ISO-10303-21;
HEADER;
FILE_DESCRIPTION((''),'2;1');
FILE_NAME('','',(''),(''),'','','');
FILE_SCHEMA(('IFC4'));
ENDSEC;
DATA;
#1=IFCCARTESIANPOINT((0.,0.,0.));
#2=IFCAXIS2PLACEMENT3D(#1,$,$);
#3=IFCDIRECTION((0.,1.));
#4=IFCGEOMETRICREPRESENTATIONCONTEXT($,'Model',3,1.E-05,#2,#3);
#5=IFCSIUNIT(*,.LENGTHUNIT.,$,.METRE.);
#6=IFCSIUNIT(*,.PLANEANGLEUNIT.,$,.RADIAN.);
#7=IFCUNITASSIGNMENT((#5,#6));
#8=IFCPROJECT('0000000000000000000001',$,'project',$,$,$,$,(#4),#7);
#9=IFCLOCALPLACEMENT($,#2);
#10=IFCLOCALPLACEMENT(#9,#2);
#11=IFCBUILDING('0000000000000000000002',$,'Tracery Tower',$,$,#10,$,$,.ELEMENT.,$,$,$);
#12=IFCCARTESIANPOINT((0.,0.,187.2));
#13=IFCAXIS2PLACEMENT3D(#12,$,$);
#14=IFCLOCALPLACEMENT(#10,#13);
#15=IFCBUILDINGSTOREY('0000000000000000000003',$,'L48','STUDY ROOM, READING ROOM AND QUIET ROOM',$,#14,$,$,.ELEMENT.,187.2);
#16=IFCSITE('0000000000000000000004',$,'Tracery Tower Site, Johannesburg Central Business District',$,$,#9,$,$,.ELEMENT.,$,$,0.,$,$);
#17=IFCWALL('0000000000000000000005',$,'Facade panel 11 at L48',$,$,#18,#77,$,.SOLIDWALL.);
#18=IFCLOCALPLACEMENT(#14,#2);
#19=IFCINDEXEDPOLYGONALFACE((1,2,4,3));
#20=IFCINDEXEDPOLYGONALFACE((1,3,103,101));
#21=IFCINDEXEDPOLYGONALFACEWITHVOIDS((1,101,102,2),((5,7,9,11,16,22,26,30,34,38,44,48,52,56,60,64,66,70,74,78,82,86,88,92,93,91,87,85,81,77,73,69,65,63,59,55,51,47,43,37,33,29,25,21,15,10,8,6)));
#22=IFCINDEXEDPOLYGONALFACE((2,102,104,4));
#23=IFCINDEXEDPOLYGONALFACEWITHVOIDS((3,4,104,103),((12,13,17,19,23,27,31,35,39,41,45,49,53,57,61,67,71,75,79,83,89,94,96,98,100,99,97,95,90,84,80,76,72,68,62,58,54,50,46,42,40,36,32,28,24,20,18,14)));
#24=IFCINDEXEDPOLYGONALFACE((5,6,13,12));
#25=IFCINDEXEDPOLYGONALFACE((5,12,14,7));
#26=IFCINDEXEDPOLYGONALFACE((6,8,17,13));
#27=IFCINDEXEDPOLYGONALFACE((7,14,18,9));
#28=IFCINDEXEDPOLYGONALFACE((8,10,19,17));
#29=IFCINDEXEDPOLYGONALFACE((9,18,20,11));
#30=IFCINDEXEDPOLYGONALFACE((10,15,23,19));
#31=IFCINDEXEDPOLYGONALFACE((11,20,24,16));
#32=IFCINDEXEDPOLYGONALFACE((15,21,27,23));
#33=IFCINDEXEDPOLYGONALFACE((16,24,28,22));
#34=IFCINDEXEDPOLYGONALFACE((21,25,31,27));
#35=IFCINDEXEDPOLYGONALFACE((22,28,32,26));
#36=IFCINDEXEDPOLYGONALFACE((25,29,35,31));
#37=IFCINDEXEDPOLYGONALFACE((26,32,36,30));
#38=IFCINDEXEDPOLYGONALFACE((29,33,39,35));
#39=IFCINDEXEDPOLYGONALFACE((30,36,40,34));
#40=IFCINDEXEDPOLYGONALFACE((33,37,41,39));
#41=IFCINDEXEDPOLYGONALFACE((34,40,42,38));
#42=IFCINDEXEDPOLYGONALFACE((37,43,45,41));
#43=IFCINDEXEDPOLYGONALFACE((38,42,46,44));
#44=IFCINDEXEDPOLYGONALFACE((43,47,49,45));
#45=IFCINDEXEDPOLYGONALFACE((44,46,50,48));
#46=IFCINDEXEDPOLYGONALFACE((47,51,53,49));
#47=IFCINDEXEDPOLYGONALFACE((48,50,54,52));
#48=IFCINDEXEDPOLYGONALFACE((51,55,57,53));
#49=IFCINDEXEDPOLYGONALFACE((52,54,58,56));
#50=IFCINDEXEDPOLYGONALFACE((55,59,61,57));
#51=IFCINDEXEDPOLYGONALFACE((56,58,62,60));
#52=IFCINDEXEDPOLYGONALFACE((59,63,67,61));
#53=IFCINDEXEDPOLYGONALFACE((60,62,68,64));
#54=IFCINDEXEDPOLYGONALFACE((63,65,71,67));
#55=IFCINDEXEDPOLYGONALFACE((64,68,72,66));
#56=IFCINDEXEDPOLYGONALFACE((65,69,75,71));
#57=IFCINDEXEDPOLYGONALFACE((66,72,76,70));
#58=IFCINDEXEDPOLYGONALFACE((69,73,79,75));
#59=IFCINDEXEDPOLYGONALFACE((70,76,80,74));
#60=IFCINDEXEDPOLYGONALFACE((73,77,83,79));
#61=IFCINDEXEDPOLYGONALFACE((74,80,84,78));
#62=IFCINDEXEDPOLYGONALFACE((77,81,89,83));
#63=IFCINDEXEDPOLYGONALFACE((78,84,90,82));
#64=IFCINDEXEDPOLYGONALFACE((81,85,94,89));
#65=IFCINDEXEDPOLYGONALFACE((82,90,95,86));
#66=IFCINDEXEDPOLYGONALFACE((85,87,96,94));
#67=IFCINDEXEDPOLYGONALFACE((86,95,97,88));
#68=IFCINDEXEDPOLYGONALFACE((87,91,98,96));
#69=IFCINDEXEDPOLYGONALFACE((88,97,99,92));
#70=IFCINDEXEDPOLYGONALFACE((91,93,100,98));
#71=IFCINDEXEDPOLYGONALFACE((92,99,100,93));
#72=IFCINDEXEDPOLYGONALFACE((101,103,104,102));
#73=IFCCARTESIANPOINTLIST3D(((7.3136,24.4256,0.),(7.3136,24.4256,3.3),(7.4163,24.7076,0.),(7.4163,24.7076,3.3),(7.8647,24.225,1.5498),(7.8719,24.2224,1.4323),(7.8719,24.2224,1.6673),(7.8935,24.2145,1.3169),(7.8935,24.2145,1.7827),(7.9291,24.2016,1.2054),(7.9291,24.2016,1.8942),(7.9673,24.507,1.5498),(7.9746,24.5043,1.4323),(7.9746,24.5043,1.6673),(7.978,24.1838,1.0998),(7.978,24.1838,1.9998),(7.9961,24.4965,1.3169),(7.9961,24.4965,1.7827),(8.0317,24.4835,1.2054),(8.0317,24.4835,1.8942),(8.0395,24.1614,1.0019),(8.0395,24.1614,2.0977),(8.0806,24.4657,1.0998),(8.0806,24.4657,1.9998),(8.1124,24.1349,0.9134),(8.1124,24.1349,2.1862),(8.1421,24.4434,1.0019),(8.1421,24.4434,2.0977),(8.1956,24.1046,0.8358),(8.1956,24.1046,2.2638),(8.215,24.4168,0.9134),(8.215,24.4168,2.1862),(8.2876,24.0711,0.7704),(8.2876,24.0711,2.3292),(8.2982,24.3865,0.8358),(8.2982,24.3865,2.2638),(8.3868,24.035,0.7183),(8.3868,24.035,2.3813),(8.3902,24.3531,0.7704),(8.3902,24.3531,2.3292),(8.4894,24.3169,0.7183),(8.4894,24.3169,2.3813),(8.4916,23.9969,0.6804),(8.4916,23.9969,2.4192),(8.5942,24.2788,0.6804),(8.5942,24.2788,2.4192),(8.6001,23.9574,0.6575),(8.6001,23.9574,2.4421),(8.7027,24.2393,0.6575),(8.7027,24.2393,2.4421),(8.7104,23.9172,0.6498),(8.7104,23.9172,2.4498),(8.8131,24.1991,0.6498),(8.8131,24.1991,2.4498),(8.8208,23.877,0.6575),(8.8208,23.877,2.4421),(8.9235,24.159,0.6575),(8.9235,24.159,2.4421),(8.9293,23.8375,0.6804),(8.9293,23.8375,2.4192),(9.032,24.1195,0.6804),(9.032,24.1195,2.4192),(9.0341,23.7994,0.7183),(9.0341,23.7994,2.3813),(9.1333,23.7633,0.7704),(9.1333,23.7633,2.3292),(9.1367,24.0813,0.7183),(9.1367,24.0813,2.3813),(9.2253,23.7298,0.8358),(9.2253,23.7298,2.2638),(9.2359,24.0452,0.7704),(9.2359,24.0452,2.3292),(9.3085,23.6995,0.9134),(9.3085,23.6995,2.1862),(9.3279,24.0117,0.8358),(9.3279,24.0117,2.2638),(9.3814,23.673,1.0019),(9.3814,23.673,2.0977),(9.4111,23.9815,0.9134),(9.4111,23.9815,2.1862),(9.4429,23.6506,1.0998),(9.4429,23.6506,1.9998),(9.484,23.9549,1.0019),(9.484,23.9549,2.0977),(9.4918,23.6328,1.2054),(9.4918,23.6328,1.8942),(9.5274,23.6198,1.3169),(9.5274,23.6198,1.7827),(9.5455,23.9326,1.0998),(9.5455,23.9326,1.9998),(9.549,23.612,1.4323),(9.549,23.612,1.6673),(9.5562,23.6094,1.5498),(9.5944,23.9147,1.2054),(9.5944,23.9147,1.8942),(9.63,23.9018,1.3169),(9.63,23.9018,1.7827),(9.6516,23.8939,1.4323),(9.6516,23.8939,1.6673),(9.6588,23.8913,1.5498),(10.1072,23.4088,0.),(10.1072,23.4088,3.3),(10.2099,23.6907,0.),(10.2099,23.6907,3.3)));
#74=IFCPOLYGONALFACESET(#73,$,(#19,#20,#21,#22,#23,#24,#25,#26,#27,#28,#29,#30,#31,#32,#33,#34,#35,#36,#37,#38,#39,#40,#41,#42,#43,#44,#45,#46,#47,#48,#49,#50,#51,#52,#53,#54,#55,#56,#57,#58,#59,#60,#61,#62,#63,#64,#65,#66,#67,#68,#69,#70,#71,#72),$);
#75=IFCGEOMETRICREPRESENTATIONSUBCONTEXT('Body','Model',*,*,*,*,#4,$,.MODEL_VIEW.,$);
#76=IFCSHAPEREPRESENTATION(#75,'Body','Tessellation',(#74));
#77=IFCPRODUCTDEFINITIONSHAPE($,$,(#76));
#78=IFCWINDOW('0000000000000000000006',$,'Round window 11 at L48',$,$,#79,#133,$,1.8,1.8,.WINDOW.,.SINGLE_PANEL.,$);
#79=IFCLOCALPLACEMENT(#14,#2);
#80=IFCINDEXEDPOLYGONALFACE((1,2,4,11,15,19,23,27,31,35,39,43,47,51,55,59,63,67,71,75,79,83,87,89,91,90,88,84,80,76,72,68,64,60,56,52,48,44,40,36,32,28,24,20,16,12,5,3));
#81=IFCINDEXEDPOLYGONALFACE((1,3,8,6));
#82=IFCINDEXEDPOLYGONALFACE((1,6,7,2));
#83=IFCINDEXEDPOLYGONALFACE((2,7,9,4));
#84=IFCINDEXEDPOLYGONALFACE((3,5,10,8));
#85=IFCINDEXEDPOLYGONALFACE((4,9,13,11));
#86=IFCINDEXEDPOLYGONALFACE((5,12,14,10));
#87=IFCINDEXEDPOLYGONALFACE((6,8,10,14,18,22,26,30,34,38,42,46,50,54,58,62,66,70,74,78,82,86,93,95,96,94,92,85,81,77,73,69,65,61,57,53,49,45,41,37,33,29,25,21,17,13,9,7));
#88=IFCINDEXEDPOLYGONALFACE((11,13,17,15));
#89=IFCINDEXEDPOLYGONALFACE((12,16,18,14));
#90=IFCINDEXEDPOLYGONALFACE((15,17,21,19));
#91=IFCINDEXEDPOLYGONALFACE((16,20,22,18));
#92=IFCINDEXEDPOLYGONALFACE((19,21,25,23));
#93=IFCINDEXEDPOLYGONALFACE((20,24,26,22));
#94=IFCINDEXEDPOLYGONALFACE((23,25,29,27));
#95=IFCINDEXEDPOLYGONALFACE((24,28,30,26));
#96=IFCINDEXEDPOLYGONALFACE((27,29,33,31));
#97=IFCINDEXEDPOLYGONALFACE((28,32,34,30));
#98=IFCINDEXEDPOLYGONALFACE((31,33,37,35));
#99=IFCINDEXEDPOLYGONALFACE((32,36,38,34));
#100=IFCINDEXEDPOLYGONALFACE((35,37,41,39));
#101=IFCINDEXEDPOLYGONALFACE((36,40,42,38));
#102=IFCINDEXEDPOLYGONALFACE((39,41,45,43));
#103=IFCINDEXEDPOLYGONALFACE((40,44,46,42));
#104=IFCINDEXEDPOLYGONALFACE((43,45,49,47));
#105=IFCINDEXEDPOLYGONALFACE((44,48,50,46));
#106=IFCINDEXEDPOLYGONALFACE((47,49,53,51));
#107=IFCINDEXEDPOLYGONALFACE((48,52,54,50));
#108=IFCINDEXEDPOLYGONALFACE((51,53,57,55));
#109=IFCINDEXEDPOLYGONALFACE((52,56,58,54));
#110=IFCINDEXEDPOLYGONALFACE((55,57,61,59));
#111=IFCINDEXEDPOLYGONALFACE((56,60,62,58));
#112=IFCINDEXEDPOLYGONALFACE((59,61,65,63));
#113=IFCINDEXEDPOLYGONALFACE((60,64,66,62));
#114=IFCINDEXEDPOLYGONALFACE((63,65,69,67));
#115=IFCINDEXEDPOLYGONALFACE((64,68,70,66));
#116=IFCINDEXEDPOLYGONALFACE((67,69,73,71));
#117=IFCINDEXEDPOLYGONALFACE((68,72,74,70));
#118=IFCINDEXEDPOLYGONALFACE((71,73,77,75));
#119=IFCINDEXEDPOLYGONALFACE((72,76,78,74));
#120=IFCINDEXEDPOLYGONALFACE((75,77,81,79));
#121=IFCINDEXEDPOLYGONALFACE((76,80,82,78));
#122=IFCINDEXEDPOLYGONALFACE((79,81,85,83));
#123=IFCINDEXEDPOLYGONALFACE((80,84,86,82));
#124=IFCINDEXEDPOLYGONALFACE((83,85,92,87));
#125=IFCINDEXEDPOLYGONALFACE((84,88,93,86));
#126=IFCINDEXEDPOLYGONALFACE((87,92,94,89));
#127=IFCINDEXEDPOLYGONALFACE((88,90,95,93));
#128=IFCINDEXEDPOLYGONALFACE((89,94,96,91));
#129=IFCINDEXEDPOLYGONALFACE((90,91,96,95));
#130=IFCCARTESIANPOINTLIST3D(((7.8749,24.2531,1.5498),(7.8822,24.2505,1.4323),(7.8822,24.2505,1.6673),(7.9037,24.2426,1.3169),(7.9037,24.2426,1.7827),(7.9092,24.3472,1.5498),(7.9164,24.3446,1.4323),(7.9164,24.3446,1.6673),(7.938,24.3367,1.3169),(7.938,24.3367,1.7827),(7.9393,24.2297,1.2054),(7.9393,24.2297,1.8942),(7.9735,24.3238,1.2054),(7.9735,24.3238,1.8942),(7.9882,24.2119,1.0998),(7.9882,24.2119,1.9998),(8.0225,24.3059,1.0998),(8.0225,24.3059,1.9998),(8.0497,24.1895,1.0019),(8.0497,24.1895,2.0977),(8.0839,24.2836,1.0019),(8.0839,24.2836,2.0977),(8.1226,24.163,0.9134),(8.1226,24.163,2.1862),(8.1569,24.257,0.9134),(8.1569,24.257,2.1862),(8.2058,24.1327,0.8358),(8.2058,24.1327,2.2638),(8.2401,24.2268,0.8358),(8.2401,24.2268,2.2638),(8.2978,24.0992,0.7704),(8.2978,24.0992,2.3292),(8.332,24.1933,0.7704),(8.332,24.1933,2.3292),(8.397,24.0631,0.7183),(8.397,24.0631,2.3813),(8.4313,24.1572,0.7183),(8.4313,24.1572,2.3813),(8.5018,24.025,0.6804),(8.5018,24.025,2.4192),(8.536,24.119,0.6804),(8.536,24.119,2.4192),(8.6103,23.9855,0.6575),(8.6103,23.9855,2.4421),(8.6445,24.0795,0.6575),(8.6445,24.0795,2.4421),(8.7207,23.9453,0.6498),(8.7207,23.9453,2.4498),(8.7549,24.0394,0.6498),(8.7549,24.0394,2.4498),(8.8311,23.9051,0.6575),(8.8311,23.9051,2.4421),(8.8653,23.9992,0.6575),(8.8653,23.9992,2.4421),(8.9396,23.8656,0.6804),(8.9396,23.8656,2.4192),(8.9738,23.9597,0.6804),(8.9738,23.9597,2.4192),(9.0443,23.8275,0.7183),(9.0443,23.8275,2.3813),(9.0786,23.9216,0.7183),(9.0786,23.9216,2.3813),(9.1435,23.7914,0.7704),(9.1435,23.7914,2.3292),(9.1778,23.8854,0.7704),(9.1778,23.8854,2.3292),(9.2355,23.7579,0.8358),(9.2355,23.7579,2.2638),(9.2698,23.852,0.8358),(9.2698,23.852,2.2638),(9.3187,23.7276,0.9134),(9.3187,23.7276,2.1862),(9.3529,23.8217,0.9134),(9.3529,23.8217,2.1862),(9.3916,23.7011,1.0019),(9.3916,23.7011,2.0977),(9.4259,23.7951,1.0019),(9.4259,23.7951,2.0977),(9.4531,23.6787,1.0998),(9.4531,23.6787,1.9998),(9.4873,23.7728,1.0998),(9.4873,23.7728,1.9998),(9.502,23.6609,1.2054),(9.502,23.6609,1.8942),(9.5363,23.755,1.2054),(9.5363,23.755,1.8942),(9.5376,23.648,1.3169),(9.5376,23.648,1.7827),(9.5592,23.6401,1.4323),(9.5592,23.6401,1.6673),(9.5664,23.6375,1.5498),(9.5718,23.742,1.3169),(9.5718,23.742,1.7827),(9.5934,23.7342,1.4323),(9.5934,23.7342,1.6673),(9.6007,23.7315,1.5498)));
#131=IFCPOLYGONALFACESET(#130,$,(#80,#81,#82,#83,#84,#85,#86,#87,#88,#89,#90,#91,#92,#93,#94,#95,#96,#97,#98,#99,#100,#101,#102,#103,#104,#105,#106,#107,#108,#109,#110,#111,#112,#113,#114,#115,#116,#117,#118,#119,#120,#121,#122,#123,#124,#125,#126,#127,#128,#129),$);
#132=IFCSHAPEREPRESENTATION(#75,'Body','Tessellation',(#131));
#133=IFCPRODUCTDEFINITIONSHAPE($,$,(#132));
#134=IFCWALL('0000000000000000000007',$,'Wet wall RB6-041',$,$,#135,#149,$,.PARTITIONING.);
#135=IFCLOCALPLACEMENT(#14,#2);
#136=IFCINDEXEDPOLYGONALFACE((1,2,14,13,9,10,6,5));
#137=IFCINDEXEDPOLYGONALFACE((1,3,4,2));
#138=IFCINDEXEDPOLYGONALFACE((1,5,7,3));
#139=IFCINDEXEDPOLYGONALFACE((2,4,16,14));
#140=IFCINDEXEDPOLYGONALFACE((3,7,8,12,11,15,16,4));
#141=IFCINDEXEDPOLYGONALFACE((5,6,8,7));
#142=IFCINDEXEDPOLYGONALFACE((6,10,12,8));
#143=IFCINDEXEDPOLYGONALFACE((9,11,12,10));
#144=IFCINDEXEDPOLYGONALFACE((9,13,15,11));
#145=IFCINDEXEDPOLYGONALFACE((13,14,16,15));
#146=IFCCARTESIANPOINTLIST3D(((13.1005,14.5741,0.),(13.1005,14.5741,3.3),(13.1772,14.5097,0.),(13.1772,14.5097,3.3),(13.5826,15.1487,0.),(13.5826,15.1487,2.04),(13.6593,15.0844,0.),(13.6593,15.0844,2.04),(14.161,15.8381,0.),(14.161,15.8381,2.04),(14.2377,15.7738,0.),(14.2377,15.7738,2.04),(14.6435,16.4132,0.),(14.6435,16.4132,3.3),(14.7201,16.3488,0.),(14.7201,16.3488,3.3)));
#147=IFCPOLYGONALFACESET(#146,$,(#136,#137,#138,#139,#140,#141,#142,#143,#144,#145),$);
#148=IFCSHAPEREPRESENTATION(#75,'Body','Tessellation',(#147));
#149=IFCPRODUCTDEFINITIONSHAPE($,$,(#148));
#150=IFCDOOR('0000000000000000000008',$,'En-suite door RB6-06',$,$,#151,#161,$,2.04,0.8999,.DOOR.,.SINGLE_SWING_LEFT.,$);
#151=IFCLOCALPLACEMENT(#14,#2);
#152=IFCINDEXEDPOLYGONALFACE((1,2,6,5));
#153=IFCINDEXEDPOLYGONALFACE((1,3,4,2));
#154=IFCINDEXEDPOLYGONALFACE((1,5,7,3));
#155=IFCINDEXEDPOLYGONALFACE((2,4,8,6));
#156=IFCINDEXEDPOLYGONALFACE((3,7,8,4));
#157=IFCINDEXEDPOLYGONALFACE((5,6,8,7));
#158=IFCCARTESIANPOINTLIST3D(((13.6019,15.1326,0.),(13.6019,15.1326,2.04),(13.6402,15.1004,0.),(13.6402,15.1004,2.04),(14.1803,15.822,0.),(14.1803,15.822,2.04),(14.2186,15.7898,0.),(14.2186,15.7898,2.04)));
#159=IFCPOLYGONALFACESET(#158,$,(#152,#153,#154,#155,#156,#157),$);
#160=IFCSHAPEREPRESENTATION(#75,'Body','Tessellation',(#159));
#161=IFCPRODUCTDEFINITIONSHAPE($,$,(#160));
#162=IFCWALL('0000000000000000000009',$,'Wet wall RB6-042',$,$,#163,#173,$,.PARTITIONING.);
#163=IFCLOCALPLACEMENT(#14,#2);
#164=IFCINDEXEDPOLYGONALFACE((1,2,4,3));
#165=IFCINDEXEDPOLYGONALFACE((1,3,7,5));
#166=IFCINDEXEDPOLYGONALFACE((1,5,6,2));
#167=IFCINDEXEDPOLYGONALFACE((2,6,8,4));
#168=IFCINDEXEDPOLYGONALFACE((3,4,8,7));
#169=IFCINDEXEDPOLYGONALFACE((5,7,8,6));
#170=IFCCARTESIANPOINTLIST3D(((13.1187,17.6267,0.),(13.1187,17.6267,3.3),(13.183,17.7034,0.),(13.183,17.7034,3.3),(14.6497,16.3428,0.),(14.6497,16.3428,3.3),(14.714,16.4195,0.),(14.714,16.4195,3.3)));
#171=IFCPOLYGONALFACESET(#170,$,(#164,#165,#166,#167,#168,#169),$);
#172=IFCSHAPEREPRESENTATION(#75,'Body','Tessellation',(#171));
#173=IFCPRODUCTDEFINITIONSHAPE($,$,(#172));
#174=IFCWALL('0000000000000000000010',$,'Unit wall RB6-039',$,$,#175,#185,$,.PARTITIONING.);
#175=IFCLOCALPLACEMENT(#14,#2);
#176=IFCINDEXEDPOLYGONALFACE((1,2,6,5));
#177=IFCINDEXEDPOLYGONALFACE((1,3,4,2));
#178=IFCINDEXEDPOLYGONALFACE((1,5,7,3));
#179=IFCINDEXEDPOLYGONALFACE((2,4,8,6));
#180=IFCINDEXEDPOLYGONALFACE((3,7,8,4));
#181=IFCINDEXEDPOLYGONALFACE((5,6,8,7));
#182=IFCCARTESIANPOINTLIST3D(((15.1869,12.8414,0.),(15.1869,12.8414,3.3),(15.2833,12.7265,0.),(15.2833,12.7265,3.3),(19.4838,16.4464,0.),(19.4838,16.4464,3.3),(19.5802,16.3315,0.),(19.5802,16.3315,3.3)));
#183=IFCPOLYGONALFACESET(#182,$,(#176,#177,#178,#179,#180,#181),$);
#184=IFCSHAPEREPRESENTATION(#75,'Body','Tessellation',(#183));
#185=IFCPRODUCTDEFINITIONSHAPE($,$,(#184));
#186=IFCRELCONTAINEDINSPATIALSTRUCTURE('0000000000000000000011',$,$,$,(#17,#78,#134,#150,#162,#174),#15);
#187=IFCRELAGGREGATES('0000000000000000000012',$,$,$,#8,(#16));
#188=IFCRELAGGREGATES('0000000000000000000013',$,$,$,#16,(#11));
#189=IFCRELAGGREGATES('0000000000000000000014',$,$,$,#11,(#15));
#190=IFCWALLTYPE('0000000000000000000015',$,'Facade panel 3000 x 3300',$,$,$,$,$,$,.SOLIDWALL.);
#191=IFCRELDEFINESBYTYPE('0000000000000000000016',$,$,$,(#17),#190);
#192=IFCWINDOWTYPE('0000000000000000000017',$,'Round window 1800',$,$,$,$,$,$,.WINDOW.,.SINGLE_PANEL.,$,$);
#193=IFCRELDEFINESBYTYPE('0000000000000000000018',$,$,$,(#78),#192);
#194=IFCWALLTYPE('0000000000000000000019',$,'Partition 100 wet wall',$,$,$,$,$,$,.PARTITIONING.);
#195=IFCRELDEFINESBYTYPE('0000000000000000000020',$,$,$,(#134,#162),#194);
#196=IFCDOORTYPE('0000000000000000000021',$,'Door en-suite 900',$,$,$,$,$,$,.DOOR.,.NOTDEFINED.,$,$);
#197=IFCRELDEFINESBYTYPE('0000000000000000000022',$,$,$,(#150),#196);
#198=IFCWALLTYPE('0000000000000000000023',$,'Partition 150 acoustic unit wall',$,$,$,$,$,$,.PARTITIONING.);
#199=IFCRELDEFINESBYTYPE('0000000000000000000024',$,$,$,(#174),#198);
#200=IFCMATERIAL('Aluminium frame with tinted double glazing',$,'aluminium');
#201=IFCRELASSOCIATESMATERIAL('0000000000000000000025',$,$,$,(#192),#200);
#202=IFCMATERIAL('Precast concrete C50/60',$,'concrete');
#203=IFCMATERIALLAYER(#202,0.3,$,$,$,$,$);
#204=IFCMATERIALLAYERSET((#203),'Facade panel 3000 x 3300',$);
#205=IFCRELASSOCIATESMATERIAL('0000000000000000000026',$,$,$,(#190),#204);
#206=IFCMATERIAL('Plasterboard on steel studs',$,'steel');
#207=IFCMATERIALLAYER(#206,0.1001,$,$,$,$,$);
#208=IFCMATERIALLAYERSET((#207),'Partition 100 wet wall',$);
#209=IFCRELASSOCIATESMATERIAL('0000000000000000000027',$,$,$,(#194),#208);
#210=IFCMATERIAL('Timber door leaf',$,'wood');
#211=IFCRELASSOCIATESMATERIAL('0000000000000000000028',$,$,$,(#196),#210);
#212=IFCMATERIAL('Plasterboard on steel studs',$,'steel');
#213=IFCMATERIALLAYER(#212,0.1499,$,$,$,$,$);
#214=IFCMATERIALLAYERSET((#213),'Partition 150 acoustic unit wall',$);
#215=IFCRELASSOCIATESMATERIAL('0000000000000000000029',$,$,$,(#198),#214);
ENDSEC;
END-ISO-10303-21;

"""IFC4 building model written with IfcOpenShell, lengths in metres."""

from ifc_helpers import new_model, si_unit, direction, frame, frame_2d, origin, origin_2d, place, context, subcontext, project, spatial, rectangle, circle, extrude, material, layer, layer_set, type_object, element, fill, save


model = new_model("IFC4")

# Units and contexts
model_context = context("Model", 3, precision=1e-05, world=origin(), true_north=direction((0.0, 1.0)))
body_context = subcontext(model_context, "Body", "Model", "MODEL_VIEW")
ifc_project = project(units=[si_unit("LENGTHUNIT", "METRE"), si_unit("PLANEANGLEUNIT", "RADIAN")], contexts=[model_context])

# Site, building, storey
site_placement = place(None, origin())
site = spatial("IfcSite", under=ifc_project, at=site_placement, Name="Tracery Tower Site, Johannesburg Central Business District", CompositionType="ELEMENT", RefElevation=0.0)
building_placement = place(site_placement, origin())
building = spatial("IfcBuilding", under=site, at=building_placement, Name="Tracery Tower", CompositionType="ELEMENT")
storey_placement = place(building_placement, frame((0.0, 0.0, 187.2)))
storey = spatial("IfcBuildingStorey", under=building, at=storey_placement, Name="L48", Description="STUDY ROOM, READING ROOM AND QUIET ROOM", CompositionType="ELEMENT", Elevation=187.2)

# Wall, opening, window
ifc_material_1 = material(Name="Aluminium frame with tinted double glazing", Category="aluminium")
window_type = type_object("IfcWindowType", Name="Round window 1800", PartitioningType="SINGLE_PANEL", PredefinedType="WINDOW", material=ifc_material_1)
ifc_material_2 = material(Name="Precast concrete C50/60", Category="concrete")
ifc_layer_1 = layer(ifc_material_2, 0.3)
ifc_layer_set_1 = layer_set([ifc_layer_1], Name="Facade panel 3000 x 3300")
wall_type_1 = type_object("IfcWallType", Name="Facade panel 3000 x 3300", PredefinedType="SOLIDWALL", material=ifc_layer_set_1)
wall_1_placement = place(storey_placement, frame((10.1584, 23.5498, 0.0), z_axis=(0.0, 0.0, 1.0), x_axis=(-0.93969, 0.342027, 0.0)))
wall_1 = element("IfcWall", 1, at=wall_1_placement, inside=storey, type_object=wall_type_1, Name="Facade panel 11 at L48", PredefinedType="SOLIDWALL", context=body_context, shape_type="SweptSolid", body=[
    extrude(rectangle(XDim=2.9729, YDim=0.3, at=frame_2d((1.4863, 0.0))), origin(), (0.0, 0.0, 1.0), 3.3),
])
opening_1_placement = place(wall_1_placement, frame((1.4863, 0.0, 1.5498)))
opening_1 = element("IfcOpeningElement", 2, at=opening_1_placement, cuts=wall_1, PredefinedType="OPENING", context=body_context, shape_type="SweptSolid", body=[
    extrude(circle(Radius=0.9, at=origin_2d()), frame((0.0, 0.1599, 0.0), z_axis=(0.0, -1.0, 0.0), x_axis=(1.0, 0.0, 0.0)), (0.0, 0.0, 1.0), 0.3201),
])
window_1_placement = place(opening_1_placement, origin())
window_1 = element("IfcWindow", 3, at=window_1_placement, inside=storey, type_object=window_type, Name="Round window 11 at L48", OverallHeight=1.8, OverallWidth=1.8, PartitioningType="SINGLE_PANEL", PredefinedType="WINDOW", context=body_context, shape_type="SweptSolid", body=[
    extrude(circle(Radius=0.9, at=origin_2d()), frame((0.0, 0.1201, 0.0), z_axis=(0.0, -1.0, 0.0), x_axis=(1.0, 0.0, 0.0)), (0.0, 0.0, 1.0), 0.1001),
])
fill(opening_1, window_1)

# Wall, opening, door
ifc_material_3 = material(Name="Plasterboard on steel studs", Category="steel")
ifc_layer_2 = layer(ifc_material_3, 0.1001)
ifc_layer_set_2 = layer_set([ifc_layer_2], Name="Partition 100 wet wall")
wall_type_2 = type_object("IfcWallType", Name="Partition 100 wet wall", PredefinedType="PARTITIONING", material=ifc_layer_set_2)
wall_2_placement = place(storey_placement, frame((13.1389, 14.542, 0.0), z_axis=(0.0, 0.0, 1.0), x_axis=(0.642732, 0.766091, 0.0)))
wall_2 = element("IfcWall", 4, at=wall_2_placement, inside=storey, type_object=wall_type_2, Name="Wet wall RB6-041", PredefinedType="PARTITIONING", context=body_context, shape_type="SweptSolid", body=[
    extrude(rectangle(XDim=2.4006, YDim=0.1001, at=frame_2d((1.2002, 0.0))), origin(), (0.0, 0.0, 1.0), 3.3),
])
opening_2_placement = place(wall_2_placement, frame((0.75, 0.0, 0.0)))
opening_2 = element("IfcOpeningElement", 5, at=opening_2_placement, cuts=wall_2, PredefinedType="OPENING", context=body_context, shape_type="SweptSolid", body=[
    extrude(rectangle(XDim=0.8999, YDim=2.04, at=frame_2d((0.45, 1.02))), frame((0.0, 0.05, 0.0), z_axis=(0.0, -1.0, 0.0), x_axis=(1.0, 0.0, 0.0)), (0.0, 0.0, 1.0), 0.1001),
])
ifc_material_4 = material(Name="Timber door leaf", Category="wood")
door_type_1 = type_object("IfcDoorType", Name="Door en-suite 900", OperationType="NOTDEFINED", PredefinedType="DOOR", material=ifc_material_4)
door_1_placement = place(opening_2_placement, origin())
door_1 = element("IfcDoor", 6, at=door_1_placement, inside=storey, type_object=door_type_1, Name="En-suite door RB6-06", OperationType="SINGLE_SWING_LEFT", OverallHeight=2.04, OverallWidth=0.8999, PredefinedType="DOOR", context=body_context, shape_type="SweptSolid", body=[
    extrude(rectangle(XDim=0.8999, YDim=2.04, at=frame_2d((0.45, 1.02))), frame((0.0, 0.0249, 0.0), z_axis=(0.0, -1.0, 0.0), x_axis=(1.0, 0.0, 0.0)), (0.0, 0.0, 1.0), 0.05),
])
fill(opening_2, door_1)

# Walls
wall_3_placement = place(storey_placement, frame((13.1509, 17.665, 0.0), z_axis=(0.0, 0.0, 1.0), x_axis=(0.766225, -0.642573, 0.0)))
element("IfcWall", 7, at=wall_3_placement, inside=storey, type_object=wall_type_2, Name="Wet wall RB6-042", PredefinedType="PARTITIONING", context=body_context, shape_type="SweptSolid", body=[
    extrude(rectangle(XDim=1.998, YDim=0.1001, at=frame_2d((0.999, 0.0))), origin(), (0.0, 0.0, 1.0), 3.3),
])
ifc_material_5 = material(Name="Plasterboard on steel studs", Category="steel")
ifc_layer_3 = layer(ifc_material_5, 0.1499)
ifc_layer_set_3 = layer_set([ifc_layer_3], Name="Partition 150 acoustic unit wall")
wall_type_3 = type_object("IfcWallType", Name="Partition 150 acoustic unit wall", PredefinedType="PARTITIONING", material=ifc_layer_set_3)
wall_4_placement = place(storey_placement, frame((15.2351, 12.7839, 0.0), z_axis=(0.0, 0.0, 1.0), x_axis=(0.766091, 0.642733, 0.0)))
element("IfcWall", 8, at=wall_4_placement, inside=storey, type_object=wall_type_3, Name="Unit wall RB6-039", PredefinedType="PARTITIONING", context=body_context, shape_type="SweptSolid", body=[
    extrude(rectangle(XDim=5.6089, YDim=0.1499, at=frame_2d((2.8044, 0.0))), origin(), (0.0, 0.0, 1.0), 3.3),
])

save(model, "model.ifc")
